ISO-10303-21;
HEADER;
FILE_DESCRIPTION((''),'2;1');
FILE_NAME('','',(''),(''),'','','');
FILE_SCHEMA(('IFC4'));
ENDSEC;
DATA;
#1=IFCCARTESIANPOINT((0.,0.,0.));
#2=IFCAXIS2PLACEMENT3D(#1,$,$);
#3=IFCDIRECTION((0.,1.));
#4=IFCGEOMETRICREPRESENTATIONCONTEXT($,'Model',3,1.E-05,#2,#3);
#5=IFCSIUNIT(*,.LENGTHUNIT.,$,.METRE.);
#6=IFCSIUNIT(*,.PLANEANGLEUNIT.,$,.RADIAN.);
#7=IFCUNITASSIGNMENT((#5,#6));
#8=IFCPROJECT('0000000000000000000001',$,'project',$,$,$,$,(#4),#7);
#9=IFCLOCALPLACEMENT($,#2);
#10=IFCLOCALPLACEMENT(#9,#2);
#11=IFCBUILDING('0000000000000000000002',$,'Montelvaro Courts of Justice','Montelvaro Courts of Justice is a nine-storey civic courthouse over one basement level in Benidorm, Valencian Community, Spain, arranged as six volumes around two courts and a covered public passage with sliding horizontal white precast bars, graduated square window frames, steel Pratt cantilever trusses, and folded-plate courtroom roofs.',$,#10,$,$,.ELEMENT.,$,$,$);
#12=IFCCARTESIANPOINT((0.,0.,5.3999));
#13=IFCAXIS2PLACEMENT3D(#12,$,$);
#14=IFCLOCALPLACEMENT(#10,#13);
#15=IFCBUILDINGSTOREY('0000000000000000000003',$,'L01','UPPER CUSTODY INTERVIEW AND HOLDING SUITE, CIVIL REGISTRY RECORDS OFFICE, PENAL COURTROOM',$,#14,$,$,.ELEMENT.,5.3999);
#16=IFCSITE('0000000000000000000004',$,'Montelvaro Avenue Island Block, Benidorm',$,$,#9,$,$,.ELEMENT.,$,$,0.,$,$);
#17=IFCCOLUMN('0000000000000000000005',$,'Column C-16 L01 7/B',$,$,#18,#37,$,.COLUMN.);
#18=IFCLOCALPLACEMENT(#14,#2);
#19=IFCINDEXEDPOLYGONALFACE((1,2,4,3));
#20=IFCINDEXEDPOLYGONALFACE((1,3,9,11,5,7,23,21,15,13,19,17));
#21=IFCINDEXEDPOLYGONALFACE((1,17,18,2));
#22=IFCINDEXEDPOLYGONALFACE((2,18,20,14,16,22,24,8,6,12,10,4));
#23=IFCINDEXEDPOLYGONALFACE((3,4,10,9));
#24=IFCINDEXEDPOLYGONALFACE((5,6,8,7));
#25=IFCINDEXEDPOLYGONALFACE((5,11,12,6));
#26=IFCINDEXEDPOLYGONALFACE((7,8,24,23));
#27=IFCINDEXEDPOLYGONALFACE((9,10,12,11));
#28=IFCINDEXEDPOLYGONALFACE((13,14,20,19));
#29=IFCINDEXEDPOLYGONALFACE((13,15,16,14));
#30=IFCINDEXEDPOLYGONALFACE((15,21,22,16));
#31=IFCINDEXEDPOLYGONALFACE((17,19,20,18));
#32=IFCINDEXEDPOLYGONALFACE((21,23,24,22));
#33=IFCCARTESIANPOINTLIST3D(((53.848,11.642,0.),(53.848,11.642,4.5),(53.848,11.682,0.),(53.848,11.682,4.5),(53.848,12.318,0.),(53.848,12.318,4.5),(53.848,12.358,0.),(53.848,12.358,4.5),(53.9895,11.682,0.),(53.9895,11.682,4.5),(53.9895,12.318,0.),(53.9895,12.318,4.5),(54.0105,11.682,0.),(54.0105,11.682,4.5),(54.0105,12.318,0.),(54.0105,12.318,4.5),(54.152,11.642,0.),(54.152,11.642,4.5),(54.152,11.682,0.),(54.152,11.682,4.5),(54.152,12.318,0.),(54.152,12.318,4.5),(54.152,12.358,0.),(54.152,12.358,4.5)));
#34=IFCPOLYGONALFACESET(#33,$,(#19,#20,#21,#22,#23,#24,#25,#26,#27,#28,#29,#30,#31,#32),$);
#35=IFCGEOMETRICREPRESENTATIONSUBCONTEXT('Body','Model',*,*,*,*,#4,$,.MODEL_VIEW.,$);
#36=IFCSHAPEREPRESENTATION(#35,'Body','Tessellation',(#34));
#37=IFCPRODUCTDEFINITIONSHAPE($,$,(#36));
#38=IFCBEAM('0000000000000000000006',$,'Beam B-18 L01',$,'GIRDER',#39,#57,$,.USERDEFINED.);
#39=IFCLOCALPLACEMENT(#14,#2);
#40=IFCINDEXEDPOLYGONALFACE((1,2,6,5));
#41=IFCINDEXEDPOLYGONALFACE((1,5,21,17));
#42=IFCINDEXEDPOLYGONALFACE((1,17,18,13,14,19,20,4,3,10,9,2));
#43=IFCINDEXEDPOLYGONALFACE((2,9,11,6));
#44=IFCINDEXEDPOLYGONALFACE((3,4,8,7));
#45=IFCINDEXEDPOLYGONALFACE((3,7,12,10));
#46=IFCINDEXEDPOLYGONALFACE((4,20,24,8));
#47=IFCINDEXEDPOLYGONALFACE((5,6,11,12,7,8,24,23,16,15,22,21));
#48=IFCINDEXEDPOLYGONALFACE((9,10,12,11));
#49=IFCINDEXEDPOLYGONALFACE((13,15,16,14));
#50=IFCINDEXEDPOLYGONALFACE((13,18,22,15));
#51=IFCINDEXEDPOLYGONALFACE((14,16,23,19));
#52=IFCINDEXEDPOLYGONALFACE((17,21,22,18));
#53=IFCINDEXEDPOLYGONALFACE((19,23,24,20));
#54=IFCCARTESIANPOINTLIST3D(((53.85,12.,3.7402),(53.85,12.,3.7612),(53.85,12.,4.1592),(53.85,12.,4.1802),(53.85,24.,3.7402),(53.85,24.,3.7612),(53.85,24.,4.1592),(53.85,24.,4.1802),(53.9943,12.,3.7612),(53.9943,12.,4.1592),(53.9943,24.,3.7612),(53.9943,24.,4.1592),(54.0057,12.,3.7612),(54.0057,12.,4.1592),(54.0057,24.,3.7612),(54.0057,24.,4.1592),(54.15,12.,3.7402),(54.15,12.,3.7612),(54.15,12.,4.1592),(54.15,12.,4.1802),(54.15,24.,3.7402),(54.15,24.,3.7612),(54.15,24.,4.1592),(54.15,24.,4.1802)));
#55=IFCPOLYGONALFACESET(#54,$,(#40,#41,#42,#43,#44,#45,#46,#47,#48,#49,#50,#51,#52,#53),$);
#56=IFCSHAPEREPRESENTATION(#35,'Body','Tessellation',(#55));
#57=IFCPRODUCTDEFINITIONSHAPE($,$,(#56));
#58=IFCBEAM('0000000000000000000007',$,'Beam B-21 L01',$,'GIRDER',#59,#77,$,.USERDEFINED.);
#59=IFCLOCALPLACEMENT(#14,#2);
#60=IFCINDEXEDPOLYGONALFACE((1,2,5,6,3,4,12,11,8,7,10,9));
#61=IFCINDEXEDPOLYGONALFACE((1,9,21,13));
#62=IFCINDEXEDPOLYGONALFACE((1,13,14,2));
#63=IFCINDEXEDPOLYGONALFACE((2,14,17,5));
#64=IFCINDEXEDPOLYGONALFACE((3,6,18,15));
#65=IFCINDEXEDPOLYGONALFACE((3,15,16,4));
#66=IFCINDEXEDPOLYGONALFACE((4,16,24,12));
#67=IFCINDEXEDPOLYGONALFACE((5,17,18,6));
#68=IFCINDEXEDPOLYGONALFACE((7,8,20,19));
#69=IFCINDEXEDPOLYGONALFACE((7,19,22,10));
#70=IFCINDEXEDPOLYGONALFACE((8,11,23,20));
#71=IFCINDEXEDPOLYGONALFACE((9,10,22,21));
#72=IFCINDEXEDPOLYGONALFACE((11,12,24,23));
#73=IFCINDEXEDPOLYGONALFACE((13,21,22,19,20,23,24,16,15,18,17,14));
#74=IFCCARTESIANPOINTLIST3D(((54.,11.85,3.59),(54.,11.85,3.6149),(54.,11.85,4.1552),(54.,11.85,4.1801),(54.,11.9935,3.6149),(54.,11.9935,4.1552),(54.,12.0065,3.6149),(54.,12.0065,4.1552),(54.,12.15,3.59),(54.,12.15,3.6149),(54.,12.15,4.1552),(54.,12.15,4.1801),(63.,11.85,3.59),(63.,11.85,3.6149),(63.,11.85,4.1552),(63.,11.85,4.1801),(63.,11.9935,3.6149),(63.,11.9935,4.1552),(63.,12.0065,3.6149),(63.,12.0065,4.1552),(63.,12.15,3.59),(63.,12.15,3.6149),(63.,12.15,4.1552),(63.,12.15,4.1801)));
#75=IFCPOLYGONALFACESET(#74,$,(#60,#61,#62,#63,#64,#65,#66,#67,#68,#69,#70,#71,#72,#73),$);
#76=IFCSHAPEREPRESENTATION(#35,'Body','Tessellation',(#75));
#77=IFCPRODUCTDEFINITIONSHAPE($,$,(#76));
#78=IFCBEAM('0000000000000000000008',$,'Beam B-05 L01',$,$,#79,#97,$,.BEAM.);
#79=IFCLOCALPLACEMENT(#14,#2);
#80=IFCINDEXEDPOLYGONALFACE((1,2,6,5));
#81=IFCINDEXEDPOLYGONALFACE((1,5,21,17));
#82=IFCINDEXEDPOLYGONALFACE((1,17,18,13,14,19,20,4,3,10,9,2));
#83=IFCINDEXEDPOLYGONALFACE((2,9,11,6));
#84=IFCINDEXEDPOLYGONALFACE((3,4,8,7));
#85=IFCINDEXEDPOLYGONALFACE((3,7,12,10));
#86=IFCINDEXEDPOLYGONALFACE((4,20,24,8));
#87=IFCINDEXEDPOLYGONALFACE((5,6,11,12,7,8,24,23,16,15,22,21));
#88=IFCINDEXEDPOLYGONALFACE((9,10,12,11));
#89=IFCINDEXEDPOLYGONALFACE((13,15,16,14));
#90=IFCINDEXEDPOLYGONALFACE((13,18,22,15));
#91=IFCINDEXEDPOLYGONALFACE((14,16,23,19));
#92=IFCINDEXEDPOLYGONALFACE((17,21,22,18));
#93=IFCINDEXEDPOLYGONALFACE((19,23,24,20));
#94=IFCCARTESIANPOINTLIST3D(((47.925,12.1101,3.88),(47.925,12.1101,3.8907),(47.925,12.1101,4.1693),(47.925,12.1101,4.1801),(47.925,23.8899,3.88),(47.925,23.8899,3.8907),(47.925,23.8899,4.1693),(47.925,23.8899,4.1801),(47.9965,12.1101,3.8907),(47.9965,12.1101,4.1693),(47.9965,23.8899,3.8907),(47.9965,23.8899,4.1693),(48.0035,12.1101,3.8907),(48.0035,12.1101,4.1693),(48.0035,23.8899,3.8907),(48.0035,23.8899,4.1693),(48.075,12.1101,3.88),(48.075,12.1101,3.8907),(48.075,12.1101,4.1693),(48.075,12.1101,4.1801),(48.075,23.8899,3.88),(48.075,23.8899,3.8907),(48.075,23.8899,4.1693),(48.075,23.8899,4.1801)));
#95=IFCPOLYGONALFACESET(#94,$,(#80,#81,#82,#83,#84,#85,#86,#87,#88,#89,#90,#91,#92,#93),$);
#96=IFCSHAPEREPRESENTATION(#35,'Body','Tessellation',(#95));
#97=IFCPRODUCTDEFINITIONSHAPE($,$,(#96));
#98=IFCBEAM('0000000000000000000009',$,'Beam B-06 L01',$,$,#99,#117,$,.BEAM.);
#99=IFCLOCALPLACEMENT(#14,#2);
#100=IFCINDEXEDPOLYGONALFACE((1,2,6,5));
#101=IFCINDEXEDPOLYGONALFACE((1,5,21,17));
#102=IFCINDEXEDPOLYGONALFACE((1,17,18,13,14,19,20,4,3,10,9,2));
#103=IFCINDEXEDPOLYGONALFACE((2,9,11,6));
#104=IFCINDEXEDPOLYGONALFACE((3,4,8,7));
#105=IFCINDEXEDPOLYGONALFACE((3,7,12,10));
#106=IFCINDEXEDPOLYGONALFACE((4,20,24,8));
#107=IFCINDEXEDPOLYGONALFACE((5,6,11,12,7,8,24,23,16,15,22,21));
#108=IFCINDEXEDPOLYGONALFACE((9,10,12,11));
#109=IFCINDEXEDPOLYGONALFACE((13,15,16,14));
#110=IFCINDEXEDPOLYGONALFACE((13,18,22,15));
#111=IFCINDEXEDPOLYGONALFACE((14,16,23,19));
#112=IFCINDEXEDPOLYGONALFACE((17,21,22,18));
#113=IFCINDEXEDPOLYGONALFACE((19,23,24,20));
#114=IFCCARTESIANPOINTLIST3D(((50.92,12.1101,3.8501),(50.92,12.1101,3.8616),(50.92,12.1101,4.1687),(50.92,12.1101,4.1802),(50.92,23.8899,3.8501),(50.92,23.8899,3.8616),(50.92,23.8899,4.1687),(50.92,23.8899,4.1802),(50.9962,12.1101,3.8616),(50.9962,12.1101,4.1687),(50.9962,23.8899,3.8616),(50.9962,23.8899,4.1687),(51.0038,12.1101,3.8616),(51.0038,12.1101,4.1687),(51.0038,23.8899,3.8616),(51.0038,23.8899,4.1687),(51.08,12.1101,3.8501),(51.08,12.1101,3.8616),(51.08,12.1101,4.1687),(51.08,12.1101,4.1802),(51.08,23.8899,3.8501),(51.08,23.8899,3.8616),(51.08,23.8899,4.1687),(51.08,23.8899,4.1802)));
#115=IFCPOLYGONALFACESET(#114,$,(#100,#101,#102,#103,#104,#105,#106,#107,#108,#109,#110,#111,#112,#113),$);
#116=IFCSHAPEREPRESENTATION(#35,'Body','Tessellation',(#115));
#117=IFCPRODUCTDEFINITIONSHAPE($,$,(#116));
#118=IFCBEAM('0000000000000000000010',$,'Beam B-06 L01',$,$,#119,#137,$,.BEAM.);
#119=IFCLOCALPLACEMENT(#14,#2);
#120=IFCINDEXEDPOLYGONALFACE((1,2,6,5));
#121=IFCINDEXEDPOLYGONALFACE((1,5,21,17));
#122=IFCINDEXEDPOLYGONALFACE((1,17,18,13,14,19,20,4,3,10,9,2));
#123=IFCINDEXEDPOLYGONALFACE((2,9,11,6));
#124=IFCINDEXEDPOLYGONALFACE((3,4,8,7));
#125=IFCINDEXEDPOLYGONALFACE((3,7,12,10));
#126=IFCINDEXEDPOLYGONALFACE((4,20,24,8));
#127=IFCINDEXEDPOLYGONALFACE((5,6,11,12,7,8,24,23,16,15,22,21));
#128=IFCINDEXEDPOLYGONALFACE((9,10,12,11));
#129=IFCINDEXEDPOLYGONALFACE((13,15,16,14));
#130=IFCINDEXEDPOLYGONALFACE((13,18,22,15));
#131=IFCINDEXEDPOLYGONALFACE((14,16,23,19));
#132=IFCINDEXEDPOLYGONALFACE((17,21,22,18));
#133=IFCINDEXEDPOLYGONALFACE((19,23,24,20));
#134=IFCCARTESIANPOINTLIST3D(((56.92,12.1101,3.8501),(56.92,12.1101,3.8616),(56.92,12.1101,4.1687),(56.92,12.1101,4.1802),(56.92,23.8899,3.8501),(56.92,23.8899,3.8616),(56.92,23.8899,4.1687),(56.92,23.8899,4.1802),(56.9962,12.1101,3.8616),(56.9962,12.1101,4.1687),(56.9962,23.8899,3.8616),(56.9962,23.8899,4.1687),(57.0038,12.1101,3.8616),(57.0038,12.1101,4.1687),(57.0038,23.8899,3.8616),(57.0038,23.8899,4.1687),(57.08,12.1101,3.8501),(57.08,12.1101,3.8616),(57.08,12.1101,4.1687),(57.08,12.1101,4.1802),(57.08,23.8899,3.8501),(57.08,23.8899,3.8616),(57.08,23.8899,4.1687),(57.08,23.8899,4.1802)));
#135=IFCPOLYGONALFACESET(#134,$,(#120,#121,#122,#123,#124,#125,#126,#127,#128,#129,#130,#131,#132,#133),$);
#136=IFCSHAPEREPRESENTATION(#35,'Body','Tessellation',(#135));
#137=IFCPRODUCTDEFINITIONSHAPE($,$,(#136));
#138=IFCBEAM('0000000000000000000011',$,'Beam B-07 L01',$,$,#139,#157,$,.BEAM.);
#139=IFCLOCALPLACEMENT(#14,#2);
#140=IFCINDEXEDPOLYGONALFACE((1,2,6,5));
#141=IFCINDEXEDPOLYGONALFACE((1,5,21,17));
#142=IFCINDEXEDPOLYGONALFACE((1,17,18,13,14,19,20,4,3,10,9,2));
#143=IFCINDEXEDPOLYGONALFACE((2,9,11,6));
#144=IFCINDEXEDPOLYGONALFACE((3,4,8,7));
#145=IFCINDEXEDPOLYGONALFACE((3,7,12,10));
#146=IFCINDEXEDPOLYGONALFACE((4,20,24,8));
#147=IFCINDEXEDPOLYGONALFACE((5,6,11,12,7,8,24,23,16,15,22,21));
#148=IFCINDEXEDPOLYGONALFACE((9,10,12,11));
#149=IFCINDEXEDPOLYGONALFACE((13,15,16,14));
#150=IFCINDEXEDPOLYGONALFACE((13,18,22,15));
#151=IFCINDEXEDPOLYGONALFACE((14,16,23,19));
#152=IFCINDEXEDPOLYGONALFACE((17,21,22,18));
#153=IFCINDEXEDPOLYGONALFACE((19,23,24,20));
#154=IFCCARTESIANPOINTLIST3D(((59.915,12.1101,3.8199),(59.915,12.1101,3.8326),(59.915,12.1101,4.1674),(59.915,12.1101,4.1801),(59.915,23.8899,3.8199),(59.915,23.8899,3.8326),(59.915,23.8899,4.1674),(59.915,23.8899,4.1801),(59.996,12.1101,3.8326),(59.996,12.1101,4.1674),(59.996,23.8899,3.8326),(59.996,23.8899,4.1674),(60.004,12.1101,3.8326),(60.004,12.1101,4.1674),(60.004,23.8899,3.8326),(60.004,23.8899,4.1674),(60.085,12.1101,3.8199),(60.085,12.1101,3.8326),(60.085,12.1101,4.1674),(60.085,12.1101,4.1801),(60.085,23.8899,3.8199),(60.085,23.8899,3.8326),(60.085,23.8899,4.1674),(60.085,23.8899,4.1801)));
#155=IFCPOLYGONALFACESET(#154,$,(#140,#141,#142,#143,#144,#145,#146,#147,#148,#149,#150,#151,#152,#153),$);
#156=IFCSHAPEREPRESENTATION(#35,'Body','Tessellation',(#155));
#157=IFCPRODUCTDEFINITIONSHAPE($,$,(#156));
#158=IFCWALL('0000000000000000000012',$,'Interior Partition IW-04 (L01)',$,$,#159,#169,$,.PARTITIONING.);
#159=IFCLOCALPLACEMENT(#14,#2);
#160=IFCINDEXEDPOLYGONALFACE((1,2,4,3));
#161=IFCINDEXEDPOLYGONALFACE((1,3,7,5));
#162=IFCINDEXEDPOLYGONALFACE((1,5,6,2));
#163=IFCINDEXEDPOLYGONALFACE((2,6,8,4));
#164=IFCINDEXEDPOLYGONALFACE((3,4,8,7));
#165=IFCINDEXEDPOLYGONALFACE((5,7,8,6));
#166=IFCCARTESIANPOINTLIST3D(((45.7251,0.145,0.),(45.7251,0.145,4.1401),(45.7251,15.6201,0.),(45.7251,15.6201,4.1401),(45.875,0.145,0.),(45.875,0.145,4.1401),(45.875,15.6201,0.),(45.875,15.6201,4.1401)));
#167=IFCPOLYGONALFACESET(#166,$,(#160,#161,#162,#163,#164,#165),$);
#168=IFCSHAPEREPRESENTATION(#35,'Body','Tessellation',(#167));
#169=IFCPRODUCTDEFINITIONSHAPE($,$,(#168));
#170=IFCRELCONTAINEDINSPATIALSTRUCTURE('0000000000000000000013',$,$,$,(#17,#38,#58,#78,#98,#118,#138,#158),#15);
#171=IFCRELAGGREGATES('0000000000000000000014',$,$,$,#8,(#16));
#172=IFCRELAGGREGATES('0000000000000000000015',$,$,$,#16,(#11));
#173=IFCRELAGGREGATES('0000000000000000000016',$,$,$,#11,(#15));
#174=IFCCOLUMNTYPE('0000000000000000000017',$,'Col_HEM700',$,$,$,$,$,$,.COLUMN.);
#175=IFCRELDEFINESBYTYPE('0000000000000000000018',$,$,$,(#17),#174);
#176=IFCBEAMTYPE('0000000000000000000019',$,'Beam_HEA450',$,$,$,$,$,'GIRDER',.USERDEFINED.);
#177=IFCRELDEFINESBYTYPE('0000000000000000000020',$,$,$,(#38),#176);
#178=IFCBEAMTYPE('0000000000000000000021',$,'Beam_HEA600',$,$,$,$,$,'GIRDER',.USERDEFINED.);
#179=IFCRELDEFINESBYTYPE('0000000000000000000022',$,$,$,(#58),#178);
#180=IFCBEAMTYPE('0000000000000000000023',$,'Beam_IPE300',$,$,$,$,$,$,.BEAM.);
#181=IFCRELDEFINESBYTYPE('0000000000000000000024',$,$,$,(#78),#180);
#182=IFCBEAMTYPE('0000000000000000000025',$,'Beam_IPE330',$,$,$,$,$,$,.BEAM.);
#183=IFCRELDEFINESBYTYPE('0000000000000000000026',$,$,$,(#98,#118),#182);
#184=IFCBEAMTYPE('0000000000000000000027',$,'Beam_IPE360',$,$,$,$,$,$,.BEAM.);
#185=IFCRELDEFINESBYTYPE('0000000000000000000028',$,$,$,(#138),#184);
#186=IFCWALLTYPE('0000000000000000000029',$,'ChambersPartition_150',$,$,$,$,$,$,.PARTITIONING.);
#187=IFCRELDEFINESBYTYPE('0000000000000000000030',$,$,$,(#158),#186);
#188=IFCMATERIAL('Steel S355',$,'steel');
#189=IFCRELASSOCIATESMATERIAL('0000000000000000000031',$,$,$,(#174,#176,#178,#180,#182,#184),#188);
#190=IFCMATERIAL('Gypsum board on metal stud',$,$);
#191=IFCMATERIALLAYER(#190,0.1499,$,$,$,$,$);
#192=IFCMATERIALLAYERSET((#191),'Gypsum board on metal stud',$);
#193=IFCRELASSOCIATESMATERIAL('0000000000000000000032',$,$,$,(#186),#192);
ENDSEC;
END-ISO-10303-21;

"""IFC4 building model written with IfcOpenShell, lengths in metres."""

from ifc_helpers import new_model, si_unit, direction, frame, frame_2d, origin, origin_2d, place, context, subcontext, project, spatial, rectangle, i_section, extrude, material, layer, layer_set, material_profile, profile_set, type_object, element, save


model = new_model("IFC4")

# Units and contexts
model_context = context("Model", 3, precision=1e-05, world=origin(), true_north=direction((0.0, 1.0)))
body_context = subcontext(model_context, "Body", "Model", "MODEL_VIEW")
ifc_project = project(units=[si_unit("LENGTHUNIT", "METRE"), si_unit("PLANEANGLEUNIT", "RADIAN")], contexts=[model_context])

# Site, building, storey
site_placement = place(None, origin())
site = spatial("IfcSite", under=ifc_project, at=site_placement, Name="Montelvaro Avenue Island Block, Benidorm", CompositionType="ELEMENT", RefElevation=0.0)
building_placement = place(site_placement, origin())
building = spatial("IfcBuilding", under=site, at=building_placement, Name="Montelvaro Courts of Justice", Description="Montelvaro Courts of Justice is a nine-storey civic courthouse over one basement level in Benidorm, Valencian Community, Spain, arranged as six volumes around two courts and a covered public passage with sliding horizontal white precast bars, graduated square window frames, steel Pratt cantilever trusses, and folded-plate courtroom roofs.", CompositionType="ELEMENT")
storey_placement = place(building_placement, frame((0.0, 0.0, 5.3999)))
storey = spatial("IfcBuildingStorey", under=building, at=storey_placement, Name="L01", Description="UPPER CUSTODY INTERVIEW AND HOLDING SUITE, CIVIL REGISTRY RECORDS OFFICE, PENAL COURTROOM", CompositionType="ELEMENT", Elevation=5.3999)

# Column
ifc_material_1 = material(Name="Steel S355", Category="steel")
ifc_material_profile_1 = material_profile(ifc_material_1, i_section(OverallWidth=0.304, OverallDepth=0.7161, WebThickness=0.021, FlangeThickness=0.04, at=origin_2d()), Name="HEM 700")
ifc_profile_set_1 = profile_set([ifc_material_profile_1], Name="Steel S355")
column_type = type_object("IfcColumnType", Name="Col_HEM700", PredefinedType="COLUMN", material=ifc_profile_set_1)
column_placement = place(storey_placement, frame((54.0, 12.0, 0.0), z_axis=(0.0, 0.0, 1.0), x_axis=(1.0, 0.0, 0.0)))
element("IfcColumn", 1, at=column_placement, inside=storey, type_object=column_type, Name="Column C-16 L01 7/B", PredefinedType="COLUMN", context=body_context, shape_type="SweptSolid", body=[
    extrude(i_section(OverallWidth=0.304, OverallDepth=0.7161, WebThickness=0.021, FlangeThickness=0.04, at=origin_2d()), origin(), (0.0, 0.0, 1.0), 4.5),
])

# Beams
ifc_material_profile_2 = material_profile(ifc_material_1, i_section(OverallWidth=0.3, OverallDepth=0.4399, WebThickness=0.0115, FlangeThickness=0.021, at=origin_2d()), Name="HEA 450")
ifc_profile_set_2 = profile_set([ifc_material_profile_2], Name="Steel S355")
beam_type_1 = type_object("IfcBeamType", Name="Beam_HEA450", ElementType="GIRDER", PredefinedType="USERDEFINED", material=ifc_profile_set_2)
beam_1_placement = place(storey_placement, frame((54.0, 12.0, 3.9602), z_axis=(0.0, 1.0, 0.0), x_axis=(-1.0, 0.0, 0.0)))
element("IfcBeam", 2, at=beam_1_placement, inside=storey, type_object=beam_type_1, Name="Beam B-18 L01", ObjectType="GIRDER", PredefinedType="USERDEFINED", context=body_context, shape_type="SweptSolid", body=[
    extrude(i_section(OverallWidth=0.3, OverallDepth=0.4399, WebThickness=0.0115, FlangeThickness=0.021, at=origin_2d()), origin(), (0.0, 0.0, 1.0), 12.0),
])
ifc_material_profile_3 = material_profile(ifc_material_1, i_section(OverallWidth=0.3, OverallDepth=0.5901, WebThickness=0.0129, FlangeThickness=0.0249, at=origin_2d()), Name="HEA 600")
ifc_profile_set_3 = profile_set([ifc_material_profile_3], Name="Steel S355")
beam_type_2 = type_object("IfcBeamType", Name="Beam_HEA600", ElementType="GIRDER", PredefinedType="USERDEFINED", material=ifc_profile_set_3)
beam_2_placement = place(storey_placement, frame((54.0, 12.0, 3.885), z_axis=(1.0, 0.0, 0.0), x_axis=(0.0, 1.0, 0.0)))
element("IfcBeam", 3, at=beam_2_placement, inside=storey, type_object=beam_type_2, Name="Beam B-21 L01", ObjectType="GIRDER", PredefinedType="USERDEFINED", context=body_context, shape_type="SweptSolid", body=[
    extrude(i_section(OverallWidth=0.3, OverallDepth=0.5901, WebThickness=0.0129, FlangeThickness=0.0249, at=origin_2d()), origin(), (0.0, 0.0, 1.0), 9.0),
])
ifc_material_profile_4 = material_profile(ifc_material_1, i_section(OverallWidth=0.1499, OverallDepth=0.3, WebThickness=0.0071, FlangeThickness=0.0107, at=origin_2d()), Name="IPE 300")
ifc_profile_set_4 = profile_set([ifc_material_profile_4], Name="Steel S355")
beam_type_3 = type_object("IfcBeamType", Name="Beam_IPE300", PredefinedType="BEAM", material=ifc_profile_set_4)
beam_3_placement = place(storey_placement, frame((48.0, 12.1101, 4.03), z_axis=(0.0, 1.0, 0.0), x_axis=(-1.0, 0.0, 0.0)))
element("IfcBeam", 4, at=beam_3_placement, inside=storey, type_object=beam_type_3, Name="Beam B-05 L01", PredefinedType="BEAM", context=body_context, shape_type="SweptSolid", body=[
    extrude(i_section(OverallWidth=0.1499, OverallDepth=0.3, WebThickness=0.0071, FlangeThickness=0.0107, at=origin_2d()), origin(), (0.0, 0.0, 1.0), 11.7798),
])
ifc_material_profile_5 = material_profile(ifc_material_1, i_section(OverallWidth=0.1599, OverallDepth=0.3301, WebThickness=0.0076, FlangeThickness=0.0115, at=origin_2d()), Name="IPE 330")
ifc_profile_set_5 = profile_set([ifc_material_profile_5], Name="Steel S355")
beam_type_4 = type_object("IfcBeamType", Name="Beam_IPE330", PredefinedType="BEAM", material=ifc_profile_set_5)
for number, where, z_axis, x_axis, name in (
    (5, (51.0, 12.1101, 4.0151), (0.0, 1.0, 0.0), (-1.0, 0.0, 0.0), "Beam B-06 L01"),
    (6, (57.0, 12.1101, 4.0151), (0.0, 1.0, 0.0), (-1.0, 0.0, 0.0), "Beam B-06 L01"),
):
    element("IfcBeam", number, at=place(storey_placement, frame(where, z_axis=z_axis, x_axis=x_axis)), inside=storey, type_object=beam_type_4, Name=name, PredefinedType="BEAM", context=body_context, shape_type="SweptSolid", body=[
        extrude(i_section(OverallWidth=0.1599, OverallDepth=0.3301, WebThickness=0.0076, FlangeThickness=0.0115, at=origin_2d()), origin(), (0.0, 0.0, 1.0), 11.7798),
    ])
ifc_material_profile_6 = material_profile(ifc_material_1, i_section(OverallWidth=0.1699, OverallDepth=0.3601, WebThickness=0.0081, FlangeThickness=0.0127, at=origin_2d()), Name="IPE 360")
ifc_profile_set_6 = profile_set([ifc_material_profile_6], Name="Steel S355")
beam_type_5 = type_object("IfcBeamType", Name="Beam_IPE360", PredefinedType="BEAM", material=ifc_profile_set_6)
beam_4_placement = place(storey_placement, frame((60.0, 12.1101, 4.0), z_axis=(0.0, 1.0, 0.0), x_axis=(-1.0, 0.0, 0.0)))
element("IfcBeam", 7, at=beam_4_placement, inside=storey, type_object=beam_type_5, Name="Beam B-07 L01", PredefinedType="BEAM", context=body_context, shape_type="SweptSolid", body=[
    extrude(i_section(OverallWidth=0.1699, OverallDepth=0.3601, WebThickness=0.0081, FlangeThickness=0.0127, at=origin_2d()), origin(), (0.0, 0.0, 1.0), 11.7798),
])

# Wall
ifc_material_2 = material(Name="Gypsum board on metal stud")
ifc_layer_1 = layer(ifc_material_2, 0.1499)
ifc_layer_set_1 = layer_set([ifc_layer_1], Name="Gypsum board on metal stud")
wall_type_1 = type_object("IfcWallType", Name="ChambersPartition_150", PredefinedType="PARTITIONING", material=ifc_layer_set_1)
wall_1_placement = place(storey_placement, frame((45.8, 15.6201, 0.0), z_axis=(0.0, 0.0, 1.0), x_axis=(0.0, -1.0, 0.0)))
element("IfcWall", 8, at=wall_1_placement, inside=storey, type_object=wall_type_1, Name="Interior Partition IW-04 (L01)", PredefinedType="PARTITIONING", context=body_context, shape_type="SweptSolid", body=[
    extrude(rectangle(XDim=15.4751, YDim=0.1499, at=frame_2d((7.7375, 0.0))), origin(), (0.0, 0.0, 1.0), 4.1401),
])

save(model, "model.ifc")
